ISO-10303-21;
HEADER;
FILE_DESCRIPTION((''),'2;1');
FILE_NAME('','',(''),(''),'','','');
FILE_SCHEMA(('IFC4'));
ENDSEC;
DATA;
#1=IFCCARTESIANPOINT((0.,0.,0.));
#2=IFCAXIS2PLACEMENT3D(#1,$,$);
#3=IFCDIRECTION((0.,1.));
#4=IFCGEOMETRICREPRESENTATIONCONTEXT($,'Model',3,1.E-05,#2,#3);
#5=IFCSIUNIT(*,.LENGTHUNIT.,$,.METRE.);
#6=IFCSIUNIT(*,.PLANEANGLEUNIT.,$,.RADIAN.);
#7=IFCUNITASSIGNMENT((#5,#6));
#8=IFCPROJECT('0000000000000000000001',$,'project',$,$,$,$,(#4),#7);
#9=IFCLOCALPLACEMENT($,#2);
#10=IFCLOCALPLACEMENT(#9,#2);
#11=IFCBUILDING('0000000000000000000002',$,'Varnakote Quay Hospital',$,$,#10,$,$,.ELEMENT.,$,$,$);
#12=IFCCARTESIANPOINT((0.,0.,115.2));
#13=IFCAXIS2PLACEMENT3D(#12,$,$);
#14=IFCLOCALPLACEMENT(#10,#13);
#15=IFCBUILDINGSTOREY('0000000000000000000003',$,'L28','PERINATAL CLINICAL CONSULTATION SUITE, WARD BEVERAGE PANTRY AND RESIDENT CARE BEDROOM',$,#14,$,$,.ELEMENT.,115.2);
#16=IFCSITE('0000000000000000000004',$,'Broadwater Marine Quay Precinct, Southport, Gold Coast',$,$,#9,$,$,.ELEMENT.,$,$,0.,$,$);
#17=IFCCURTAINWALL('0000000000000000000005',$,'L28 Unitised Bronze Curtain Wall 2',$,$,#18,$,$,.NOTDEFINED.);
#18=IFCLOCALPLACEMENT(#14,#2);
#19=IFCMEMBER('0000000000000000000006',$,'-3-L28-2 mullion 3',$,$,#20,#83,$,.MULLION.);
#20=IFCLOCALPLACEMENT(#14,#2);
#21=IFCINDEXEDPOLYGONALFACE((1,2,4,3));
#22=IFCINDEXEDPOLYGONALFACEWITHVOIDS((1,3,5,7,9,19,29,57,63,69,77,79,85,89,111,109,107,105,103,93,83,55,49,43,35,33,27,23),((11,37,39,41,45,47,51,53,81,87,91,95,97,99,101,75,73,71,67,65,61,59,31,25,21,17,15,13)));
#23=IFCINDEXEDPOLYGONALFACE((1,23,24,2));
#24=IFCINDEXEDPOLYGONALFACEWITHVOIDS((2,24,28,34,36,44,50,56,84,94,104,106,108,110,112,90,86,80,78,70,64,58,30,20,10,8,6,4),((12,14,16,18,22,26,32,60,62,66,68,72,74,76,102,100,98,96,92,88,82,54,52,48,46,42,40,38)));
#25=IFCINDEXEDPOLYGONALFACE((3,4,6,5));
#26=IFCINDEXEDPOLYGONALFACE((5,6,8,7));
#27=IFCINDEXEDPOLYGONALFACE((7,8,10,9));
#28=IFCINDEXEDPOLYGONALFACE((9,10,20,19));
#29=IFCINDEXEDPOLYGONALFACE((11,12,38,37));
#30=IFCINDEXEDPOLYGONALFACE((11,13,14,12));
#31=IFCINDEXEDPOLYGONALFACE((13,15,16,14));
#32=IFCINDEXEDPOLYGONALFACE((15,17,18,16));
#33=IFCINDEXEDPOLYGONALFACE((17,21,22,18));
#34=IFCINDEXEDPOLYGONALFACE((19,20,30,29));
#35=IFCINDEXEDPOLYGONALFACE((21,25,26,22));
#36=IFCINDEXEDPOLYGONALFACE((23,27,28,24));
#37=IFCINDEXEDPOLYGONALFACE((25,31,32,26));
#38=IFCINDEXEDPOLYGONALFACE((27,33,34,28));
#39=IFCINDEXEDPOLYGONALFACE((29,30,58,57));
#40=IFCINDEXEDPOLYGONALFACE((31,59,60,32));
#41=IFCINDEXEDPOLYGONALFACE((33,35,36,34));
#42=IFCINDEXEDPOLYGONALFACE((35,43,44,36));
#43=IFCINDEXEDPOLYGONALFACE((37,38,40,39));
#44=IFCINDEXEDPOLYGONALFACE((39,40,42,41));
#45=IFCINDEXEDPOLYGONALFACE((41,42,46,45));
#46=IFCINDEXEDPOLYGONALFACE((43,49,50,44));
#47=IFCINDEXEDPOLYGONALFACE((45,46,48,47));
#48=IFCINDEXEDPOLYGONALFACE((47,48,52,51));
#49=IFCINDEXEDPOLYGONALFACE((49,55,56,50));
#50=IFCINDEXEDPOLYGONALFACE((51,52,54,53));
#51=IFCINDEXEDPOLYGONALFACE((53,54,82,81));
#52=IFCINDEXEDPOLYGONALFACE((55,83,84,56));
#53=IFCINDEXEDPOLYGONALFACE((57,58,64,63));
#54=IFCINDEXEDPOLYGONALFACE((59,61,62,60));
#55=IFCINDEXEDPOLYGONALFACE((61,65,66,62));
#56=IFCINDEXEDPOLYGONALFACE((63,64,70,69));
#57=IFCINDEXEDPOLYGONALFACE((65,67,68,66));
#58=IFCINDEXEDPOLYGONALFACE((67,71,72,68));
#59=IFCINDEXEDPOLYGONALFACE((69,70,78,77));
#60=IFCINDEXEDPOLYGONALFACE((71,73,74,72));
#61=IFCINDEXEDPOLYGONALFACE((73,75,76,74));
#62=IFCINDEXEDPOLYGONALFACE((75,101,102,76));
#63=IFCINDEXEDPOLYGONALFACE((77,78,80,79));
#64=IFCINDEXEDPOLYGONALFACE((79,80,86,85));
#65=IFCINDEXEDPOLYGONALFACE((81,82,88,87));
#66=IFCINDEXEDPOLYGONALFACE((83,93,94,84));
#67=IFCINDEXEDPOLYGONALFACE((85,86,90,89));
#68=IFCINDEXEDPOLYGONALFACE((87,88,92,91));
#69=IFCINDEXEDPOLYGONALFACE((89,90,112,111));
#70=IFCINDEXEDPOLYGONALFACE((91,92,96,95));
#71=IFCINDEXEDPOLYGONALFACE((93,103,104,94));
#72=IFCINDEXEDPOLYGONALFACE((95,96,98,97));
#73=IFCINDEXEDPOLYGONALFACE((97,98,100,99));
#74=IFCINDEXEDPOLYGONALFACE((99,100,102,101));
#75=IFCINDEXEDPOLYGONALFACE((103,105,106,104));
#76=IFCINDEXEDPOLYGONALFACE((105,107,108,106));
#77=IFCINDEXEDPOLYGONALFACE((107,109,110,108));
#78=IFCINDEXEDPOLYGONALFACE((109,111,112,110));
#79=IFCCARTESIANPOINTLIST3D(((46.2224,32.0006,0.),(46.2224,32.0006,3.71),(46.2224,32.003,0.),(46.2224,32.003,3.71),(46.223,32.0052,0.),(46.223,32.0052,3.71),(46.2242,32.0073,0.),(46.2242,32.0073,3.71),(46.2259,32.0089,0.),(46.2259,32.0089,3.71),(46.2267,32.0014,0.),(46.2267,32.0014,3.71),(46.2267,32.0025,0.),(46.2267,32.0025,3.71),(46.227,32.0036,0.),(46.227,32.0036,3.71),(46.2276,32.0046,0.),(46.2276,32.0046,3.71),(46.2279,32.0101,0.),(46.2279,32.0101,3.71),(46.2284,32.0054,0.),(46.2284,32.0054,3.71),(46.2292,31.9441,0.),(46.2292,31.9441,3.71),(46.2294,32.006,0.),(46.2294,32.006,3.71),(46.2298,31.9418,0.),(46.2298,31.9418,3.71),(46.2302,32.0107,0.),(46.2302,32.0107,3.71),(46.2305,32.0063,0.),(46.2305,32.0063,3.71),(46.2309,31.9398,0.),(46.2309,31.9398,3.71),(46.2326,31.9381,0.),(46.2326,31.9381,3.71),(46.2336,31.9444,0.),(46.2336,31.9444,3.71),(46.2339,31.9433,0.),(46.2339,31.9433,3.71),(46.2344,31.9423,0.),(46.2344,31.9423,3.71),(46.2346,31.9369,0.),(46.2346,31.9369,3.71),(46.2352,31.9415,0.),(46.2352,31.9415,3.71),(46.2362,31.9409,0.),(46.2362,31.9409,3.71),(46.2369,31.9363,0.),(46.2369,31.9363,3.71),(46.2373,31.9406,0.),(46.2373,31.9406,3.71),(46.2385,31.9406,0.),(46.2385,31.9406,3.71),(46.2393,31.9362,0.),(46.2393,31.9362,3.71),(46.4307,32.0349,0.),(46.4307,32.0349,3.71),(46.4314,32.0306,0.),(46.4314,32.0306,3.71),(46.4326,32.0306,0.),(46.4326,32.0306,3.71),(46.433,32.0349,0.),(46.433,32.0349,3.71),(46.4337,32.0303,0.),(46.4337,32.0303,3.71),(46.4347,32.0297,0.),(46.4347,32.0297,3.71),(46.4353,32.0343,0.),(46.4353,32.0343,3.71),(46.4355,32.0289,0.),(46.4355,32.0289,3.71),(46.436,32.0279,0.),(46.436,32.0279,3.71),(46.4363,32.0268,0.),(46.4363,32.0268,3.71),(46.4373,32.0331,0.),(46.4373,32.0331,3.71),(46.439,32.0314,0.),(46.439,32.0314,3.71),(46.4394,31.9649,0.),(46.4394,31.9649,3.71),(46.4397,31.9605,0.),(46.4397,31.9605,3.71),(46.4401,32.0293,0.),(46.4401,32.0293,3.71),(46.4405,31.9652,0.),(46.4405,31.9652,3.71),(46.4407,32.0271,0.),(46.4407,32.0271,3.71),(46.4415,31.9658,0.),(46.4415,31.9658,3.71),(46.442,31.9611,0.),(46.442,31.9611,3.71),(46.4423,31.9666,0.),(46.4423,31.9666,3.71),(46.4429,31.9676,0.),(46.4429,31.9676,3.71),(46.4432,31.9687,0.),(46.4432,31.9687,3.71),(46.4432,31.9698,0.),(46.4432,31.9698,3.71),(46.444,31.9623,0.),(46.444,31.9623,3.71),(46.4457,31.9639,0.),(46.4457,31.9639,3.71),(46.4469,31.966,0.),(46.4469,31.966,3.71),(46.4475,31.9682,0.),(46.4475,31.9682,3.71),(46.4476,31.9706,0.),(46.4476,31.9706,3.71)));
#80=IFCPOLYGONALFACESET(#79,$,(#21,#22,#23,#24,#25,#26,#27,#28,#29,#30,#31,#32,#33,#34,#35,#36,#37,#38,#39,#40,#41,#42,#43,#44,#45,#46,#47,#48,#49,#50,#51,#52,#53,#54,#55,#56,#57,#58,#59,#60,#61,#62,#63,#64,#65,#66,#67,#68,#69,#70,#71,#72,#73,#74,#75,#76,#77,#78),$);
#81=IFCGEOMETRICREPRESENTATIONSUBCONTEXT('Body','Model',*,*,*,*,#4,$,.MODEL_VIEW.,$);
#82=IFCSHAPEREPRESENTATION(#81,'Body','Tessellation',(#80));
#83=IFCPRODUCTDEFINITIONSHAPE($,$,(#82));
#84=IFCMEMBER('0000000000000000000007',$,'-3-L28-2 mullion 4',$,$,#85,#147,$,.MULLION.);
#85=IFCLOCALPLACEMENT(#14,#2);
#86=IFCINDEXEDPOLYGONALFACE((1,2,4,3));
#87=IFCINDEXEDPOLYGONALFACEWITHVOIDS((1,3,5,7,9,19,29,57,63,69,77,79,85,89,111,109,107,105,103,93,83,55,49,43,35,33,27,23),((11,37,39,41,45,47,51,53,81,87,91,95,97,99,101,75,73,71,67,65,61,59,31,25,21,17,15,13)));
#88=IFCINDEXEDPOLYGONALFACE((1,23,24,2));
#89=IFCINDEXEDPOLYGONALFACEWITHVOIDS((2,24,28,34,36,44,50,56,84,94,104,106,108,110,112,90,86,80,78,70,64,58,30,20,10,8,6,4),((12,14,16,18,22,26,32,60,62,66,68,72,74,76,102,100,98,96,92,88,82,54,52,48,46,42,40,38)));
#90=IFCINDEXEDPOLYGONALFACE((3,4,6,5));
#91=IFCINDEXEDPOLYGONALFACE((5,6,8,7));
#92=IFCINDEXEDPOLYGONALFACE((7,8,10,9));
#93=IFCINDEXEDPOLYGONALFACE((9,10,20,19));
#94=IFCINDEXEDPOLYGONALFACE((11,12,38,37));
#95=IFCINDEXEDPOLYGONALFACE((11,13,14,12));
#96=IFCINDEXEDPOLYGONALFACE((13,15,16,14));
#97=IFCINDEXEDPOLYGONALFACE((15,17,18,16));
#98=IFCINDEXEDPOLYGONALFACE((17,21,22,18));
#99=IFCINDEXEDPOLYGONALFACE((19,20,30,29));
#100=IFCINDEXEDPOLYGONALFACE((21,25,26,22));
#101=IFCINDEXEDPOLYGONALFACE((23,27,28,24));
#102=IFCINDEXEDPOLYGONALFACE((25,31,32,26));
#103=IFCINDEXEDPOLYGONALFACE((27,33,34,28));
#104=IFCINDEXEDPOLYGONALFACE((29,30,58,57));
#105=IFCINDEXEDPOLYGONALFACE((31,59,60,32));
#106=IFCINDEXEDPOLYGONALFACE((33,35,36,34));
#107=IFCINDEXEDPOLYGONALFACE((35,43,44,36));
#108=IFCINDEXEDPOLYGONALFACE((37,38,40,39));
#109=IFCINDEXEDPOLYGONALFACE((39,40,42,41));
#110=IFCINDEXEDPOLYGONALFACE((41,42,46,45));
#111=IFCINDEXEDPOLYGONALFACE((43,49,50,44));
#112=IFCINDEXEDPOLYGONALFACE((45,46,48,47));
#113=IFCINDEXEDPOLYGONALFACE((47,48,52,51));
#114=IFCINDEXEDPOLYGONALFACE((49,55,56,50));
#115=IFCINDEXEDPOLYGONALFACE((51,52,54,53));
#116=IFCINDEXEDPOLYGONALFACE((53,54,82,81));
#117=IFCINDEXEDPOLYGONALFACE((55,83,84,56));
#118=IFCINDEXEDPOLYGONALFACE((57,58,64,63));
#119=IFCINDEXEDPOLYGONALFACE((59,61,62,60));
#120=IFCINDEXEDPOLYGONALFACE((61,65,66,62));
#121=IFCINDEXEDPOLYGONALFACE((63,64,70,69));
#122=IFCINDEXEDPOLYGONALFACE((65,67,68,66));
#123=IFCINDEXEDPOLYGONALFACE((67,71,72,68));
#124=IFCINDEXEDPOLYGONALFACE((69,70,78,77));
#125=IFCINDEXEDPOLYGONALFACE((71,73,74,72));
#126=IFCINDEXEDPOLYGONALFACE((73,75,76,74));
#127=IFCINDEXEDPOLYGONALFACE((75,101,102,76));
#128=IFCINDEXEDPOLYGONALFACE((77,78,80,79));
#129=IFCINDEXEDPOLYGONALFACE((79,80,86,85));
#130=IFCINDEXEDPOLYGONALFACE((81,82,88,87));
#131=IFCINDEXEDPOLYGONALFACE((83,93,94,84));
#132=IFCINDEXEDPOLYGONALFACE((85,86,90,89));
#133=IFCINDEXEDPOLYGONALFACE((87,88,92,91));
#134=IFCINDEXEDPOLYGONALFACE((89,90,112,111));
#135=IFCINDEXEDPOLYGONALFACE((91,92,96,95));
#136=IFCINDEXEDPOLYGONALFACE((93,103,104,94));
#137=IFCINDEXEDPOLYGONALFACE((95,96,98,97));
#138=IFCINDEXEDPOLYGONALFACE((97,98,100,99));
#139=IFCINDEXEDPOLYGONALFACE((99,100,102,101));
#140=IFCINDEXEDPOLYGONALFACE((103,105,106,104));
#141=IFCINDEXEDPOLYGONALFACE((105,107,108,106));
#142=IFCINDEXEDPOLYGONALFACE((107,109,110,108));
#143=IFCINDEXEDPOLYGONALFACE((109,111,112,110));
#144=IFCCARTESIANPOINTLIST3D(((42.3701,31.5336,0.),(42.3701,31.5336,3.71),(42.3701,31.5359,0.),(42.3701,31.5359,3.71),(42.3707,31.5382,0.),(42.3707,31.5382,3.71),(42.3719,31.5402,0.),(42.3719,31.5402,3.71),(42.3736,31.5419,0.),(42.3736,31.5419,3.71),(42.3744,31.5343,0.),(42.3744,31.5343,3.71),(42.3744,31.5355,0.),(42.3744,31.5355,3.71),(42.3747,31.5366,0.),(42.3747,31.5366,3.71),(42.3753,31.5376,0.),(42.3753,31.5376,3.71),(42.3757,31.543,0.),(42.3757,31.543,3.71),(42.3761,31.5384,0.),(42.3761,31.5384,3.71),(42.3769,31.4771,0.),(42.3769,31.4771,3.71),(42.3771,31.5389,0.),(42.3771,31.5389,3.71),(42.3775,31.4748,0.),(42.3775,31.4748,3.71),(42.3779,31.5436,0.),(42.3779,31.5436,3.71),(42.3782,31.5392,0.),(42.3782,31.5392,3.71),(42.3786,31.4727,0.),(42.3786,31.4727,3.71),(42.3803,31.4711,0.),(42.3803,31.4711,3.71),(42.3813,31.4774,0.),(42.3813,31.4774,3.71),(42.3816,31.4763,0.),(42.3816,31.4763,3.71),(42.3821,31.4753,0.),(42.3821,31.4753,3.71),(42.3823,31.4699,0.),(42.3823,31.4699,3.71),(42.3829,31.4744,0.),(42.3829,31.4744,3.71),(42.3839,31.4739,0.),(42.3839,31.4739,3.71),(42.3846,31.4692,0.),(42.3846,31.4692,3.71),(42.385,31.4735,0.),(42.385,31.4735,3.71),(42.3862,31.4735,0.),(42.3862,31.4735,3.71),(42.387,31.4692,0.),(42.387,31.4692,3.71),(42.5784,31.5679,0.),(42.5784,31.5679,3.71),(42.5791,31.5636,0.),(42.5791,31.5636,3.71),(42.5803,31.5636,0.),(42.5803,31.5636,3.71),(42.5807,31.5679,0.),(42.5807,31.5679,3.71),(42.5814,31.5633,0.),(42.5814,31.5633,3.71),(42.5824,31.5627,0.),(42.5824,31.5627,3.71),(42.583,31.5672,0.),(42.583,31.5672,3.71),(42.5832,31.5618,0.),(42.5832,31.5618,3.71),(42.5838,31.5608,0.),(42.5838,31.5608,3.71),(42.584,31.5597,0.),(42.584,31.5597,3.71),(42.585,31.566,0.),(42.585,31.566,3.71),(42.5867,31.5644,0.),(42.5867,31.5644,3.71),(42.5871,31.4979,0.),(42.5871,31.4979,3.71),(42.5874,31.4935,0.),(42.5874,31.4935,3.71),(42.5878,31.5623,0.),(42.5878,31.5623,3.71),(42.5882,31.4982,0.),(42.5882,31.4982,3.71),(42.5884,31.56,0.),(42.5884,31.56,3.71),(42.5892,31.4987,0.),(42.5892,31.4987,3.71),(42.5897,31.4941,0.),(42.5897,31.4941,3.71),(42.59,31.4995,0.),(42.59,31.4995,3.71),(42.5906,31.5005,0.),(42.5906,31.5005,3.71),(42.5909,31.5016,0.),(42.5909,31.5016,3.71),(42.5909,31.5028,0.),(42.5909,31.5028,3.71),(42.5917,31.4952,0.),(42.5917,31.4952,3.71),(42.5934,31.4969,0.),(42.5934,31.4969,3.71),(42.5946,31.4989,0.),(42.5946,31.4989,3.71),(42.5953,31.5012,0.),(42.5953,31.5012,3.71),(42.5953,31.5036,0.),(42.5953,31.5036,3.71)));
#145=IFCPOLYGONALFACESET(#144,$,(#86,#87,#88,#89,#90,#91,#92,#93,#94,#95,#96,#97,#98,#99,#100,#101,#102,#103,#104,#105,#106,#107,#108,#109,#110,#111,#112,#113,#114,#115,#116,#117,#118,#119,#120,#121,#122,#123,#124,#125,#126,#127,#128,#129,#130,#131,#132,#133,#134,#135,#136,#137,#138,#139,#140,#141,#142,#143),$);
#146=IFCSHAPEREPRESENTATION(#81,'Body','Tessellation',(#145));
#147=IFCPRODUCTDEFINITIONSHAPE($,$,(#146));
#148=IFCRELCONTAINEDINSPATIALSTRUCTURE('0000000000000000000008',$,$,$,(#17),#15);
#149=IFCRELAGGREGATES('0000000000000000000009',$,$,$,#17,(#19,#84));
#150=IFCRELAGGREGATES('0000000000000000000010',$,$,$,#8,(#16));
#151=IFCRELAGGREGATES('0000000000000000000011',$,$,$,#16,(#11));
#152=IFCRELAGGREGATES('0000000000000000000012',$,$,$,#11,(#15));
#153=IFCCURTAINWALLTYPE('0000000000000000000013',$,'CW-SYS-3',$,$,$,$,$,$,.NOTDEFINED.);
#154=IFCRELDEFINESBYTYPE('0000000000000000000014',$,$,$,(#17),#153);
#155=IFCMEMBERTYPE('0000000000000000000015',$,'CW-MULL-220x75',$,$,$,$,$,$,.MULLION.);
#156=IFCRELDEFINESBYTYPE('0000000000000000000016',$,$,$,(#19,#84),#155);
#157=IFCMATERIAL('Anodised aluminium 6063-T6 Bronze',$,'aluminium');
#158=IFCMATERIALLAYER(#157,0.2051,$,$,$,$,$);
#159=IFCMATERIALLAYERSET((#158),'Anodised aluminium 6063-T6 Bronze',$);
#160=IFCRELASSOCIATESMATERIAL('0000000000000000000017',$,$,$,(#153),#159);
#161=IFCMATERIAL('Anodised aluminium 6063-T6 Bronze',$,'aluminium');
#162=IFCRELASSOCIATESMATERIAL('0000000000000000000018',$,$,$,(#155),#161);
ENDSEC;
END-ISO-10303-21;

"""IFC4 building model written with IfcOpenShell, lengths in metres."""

from ifc_helpers import new_model, si_unit, direction, frame, origin, origin_2d, place, context, subcontext, project, spatial, hollow_rectangle, extrude, material, layer, layer_set, material_profile, profile_set, type_object, element, aggregate, save


model = new_model("IFC4")

# Units and contexts
model_context = context("Model", 3, precision=1e-05, world=origin(), true_north=direction((0.0, 1.0)))
body_context = subcontext(model_context, "Body", "Model", "MODEL_VIEW")
ifc_project = project(units=[si_unit("LENGTHUNIT", "METRE"), si_unit("PLANEANGLEUNIT", "RADIAN")], contexts=[model_context])

# Site, building, storey
site_placement = place(None, origin())
site = spatial("IfcSite", under=ifc_project, at=site_placement, Name="Broadwater Marine Quay Precinct, Southport, Gold Coast", CompositionType="ELEMENT", RefElevation=0.0)
building_placement = place(site_placement, origin())
building = spatial("IfcBuilding", under=site, at=building_placement, Name="Varnakote Quay Hospital", CompositionType="ELEMENT")
storey_placement = place(building_placement, frame((0.0, 0.0, 115.2)))
storey = spatial("IfcBuildingStorey", under=building, at=storey_placement, Name="L28", Description="PERINATAL CLINICAL CONSULTATION SUITE, WARD BEVERAGE PANTRY AND RESIDENT CARE BEDROOM", CompositionType="ELEMENT", Elevation=115.2)

# Curtain wall, members
ifc_material_1 = material(Name="Anodised aluminium 6063-T6 Bronze", Category="aluminium")
ifc_layer_1 = layer(ifc_material_1, 0.2051)
ifc_layer_set_1 = layer_set([ifc_layer_1], Name="Anodised aluminium 6063-T6 Bronze")
curtain_wall_type = type_object("IfcCurtainWallType", Name="CW-SYS-3", PredefinedType="NOTDEFINED", material=ifc_layer_set_1)
curtain_wall_placement = place(storey_placement, origin())
curtain_wall = element("IfcCurtainWall", 1, at=curtain_wall_placement, inside=storey, type_object=curtain_wall_type, Name="L28 Unitised Bronze Curtain Wall 2", PredefinedType="NOTDEFINED")
ifc_material_2 = material(Name="Anodised aluminium 6063-T6 Bronze", Category="aluminium")
ifc_material_profile_1 = material_profile(ifc_material_2, hollow_rectangle(XDim=0.075, YDim=0.22, WallThickness=0.0044, InnerFilletRadius=0.0044, OuterFilletRadius=0.009, at=origin_2d()), Name="CW-MULL-220x75")
ifc_profile_set_1 = profile_set([ifc_material_profile_1], Name="Anodised aluminium 6063-T6 Bronze")
member_type_1 = type_object("IfcMemberType", Name="CW-MULL-220x75", PredefinedType="MULLION", material=ifc_profile_set_1)
member_1_placement = place(storey_placement, frame((46.335, 31.9856, 0.0), z_axis=(0.0, 0.0, 1.0), x_axis=(0.120327, -0.992734, 0.0)))
member_1 = element("IfcMember", 2, at=member_1_placement, type_object=member_type_1, Name="-3-L28-2 mullion 3", PredefinedType="MULLION", context=body_context, shape_type="SweptSolid", body=[
    extrude(hollow_rectangle(XDim=0.075, YDim=0.22, WallThickness=0.0044, InnerFilletRadius=0.0044, OuterFilletRadius=0.009, at=origin_2d()), origin(), (0.0, 0.0, 1.0), 3.71),
])
member_2_placement = place(storey_placement, frame((42.4827, 31.5186, 0.0), z_axis=(0.0, 0.0, 1.0), x_axis=(0.120327, -0.992734, 0.0)))
member_2 = element("IfcMember", 3, at=member_2_placement, type_object=member_type_1, Name="-3-L28-2 mullion 4", PredefinedType="MULLION", context=body_context, shape_type="SweptSolid", body=[
    extrude(hollow_rectangle(XDim=0.075, YDim=0.22, WallThickness=0.0044, InnerFilletRadius=0.0044, OuterFilletRadius=0.009, at=origin_2d()), origin(), (0.0, 0.0, 1.0), 3.71),
])

aggregate(curtain_wall, [member_1, member_2])

save(model, "model.ifc")
